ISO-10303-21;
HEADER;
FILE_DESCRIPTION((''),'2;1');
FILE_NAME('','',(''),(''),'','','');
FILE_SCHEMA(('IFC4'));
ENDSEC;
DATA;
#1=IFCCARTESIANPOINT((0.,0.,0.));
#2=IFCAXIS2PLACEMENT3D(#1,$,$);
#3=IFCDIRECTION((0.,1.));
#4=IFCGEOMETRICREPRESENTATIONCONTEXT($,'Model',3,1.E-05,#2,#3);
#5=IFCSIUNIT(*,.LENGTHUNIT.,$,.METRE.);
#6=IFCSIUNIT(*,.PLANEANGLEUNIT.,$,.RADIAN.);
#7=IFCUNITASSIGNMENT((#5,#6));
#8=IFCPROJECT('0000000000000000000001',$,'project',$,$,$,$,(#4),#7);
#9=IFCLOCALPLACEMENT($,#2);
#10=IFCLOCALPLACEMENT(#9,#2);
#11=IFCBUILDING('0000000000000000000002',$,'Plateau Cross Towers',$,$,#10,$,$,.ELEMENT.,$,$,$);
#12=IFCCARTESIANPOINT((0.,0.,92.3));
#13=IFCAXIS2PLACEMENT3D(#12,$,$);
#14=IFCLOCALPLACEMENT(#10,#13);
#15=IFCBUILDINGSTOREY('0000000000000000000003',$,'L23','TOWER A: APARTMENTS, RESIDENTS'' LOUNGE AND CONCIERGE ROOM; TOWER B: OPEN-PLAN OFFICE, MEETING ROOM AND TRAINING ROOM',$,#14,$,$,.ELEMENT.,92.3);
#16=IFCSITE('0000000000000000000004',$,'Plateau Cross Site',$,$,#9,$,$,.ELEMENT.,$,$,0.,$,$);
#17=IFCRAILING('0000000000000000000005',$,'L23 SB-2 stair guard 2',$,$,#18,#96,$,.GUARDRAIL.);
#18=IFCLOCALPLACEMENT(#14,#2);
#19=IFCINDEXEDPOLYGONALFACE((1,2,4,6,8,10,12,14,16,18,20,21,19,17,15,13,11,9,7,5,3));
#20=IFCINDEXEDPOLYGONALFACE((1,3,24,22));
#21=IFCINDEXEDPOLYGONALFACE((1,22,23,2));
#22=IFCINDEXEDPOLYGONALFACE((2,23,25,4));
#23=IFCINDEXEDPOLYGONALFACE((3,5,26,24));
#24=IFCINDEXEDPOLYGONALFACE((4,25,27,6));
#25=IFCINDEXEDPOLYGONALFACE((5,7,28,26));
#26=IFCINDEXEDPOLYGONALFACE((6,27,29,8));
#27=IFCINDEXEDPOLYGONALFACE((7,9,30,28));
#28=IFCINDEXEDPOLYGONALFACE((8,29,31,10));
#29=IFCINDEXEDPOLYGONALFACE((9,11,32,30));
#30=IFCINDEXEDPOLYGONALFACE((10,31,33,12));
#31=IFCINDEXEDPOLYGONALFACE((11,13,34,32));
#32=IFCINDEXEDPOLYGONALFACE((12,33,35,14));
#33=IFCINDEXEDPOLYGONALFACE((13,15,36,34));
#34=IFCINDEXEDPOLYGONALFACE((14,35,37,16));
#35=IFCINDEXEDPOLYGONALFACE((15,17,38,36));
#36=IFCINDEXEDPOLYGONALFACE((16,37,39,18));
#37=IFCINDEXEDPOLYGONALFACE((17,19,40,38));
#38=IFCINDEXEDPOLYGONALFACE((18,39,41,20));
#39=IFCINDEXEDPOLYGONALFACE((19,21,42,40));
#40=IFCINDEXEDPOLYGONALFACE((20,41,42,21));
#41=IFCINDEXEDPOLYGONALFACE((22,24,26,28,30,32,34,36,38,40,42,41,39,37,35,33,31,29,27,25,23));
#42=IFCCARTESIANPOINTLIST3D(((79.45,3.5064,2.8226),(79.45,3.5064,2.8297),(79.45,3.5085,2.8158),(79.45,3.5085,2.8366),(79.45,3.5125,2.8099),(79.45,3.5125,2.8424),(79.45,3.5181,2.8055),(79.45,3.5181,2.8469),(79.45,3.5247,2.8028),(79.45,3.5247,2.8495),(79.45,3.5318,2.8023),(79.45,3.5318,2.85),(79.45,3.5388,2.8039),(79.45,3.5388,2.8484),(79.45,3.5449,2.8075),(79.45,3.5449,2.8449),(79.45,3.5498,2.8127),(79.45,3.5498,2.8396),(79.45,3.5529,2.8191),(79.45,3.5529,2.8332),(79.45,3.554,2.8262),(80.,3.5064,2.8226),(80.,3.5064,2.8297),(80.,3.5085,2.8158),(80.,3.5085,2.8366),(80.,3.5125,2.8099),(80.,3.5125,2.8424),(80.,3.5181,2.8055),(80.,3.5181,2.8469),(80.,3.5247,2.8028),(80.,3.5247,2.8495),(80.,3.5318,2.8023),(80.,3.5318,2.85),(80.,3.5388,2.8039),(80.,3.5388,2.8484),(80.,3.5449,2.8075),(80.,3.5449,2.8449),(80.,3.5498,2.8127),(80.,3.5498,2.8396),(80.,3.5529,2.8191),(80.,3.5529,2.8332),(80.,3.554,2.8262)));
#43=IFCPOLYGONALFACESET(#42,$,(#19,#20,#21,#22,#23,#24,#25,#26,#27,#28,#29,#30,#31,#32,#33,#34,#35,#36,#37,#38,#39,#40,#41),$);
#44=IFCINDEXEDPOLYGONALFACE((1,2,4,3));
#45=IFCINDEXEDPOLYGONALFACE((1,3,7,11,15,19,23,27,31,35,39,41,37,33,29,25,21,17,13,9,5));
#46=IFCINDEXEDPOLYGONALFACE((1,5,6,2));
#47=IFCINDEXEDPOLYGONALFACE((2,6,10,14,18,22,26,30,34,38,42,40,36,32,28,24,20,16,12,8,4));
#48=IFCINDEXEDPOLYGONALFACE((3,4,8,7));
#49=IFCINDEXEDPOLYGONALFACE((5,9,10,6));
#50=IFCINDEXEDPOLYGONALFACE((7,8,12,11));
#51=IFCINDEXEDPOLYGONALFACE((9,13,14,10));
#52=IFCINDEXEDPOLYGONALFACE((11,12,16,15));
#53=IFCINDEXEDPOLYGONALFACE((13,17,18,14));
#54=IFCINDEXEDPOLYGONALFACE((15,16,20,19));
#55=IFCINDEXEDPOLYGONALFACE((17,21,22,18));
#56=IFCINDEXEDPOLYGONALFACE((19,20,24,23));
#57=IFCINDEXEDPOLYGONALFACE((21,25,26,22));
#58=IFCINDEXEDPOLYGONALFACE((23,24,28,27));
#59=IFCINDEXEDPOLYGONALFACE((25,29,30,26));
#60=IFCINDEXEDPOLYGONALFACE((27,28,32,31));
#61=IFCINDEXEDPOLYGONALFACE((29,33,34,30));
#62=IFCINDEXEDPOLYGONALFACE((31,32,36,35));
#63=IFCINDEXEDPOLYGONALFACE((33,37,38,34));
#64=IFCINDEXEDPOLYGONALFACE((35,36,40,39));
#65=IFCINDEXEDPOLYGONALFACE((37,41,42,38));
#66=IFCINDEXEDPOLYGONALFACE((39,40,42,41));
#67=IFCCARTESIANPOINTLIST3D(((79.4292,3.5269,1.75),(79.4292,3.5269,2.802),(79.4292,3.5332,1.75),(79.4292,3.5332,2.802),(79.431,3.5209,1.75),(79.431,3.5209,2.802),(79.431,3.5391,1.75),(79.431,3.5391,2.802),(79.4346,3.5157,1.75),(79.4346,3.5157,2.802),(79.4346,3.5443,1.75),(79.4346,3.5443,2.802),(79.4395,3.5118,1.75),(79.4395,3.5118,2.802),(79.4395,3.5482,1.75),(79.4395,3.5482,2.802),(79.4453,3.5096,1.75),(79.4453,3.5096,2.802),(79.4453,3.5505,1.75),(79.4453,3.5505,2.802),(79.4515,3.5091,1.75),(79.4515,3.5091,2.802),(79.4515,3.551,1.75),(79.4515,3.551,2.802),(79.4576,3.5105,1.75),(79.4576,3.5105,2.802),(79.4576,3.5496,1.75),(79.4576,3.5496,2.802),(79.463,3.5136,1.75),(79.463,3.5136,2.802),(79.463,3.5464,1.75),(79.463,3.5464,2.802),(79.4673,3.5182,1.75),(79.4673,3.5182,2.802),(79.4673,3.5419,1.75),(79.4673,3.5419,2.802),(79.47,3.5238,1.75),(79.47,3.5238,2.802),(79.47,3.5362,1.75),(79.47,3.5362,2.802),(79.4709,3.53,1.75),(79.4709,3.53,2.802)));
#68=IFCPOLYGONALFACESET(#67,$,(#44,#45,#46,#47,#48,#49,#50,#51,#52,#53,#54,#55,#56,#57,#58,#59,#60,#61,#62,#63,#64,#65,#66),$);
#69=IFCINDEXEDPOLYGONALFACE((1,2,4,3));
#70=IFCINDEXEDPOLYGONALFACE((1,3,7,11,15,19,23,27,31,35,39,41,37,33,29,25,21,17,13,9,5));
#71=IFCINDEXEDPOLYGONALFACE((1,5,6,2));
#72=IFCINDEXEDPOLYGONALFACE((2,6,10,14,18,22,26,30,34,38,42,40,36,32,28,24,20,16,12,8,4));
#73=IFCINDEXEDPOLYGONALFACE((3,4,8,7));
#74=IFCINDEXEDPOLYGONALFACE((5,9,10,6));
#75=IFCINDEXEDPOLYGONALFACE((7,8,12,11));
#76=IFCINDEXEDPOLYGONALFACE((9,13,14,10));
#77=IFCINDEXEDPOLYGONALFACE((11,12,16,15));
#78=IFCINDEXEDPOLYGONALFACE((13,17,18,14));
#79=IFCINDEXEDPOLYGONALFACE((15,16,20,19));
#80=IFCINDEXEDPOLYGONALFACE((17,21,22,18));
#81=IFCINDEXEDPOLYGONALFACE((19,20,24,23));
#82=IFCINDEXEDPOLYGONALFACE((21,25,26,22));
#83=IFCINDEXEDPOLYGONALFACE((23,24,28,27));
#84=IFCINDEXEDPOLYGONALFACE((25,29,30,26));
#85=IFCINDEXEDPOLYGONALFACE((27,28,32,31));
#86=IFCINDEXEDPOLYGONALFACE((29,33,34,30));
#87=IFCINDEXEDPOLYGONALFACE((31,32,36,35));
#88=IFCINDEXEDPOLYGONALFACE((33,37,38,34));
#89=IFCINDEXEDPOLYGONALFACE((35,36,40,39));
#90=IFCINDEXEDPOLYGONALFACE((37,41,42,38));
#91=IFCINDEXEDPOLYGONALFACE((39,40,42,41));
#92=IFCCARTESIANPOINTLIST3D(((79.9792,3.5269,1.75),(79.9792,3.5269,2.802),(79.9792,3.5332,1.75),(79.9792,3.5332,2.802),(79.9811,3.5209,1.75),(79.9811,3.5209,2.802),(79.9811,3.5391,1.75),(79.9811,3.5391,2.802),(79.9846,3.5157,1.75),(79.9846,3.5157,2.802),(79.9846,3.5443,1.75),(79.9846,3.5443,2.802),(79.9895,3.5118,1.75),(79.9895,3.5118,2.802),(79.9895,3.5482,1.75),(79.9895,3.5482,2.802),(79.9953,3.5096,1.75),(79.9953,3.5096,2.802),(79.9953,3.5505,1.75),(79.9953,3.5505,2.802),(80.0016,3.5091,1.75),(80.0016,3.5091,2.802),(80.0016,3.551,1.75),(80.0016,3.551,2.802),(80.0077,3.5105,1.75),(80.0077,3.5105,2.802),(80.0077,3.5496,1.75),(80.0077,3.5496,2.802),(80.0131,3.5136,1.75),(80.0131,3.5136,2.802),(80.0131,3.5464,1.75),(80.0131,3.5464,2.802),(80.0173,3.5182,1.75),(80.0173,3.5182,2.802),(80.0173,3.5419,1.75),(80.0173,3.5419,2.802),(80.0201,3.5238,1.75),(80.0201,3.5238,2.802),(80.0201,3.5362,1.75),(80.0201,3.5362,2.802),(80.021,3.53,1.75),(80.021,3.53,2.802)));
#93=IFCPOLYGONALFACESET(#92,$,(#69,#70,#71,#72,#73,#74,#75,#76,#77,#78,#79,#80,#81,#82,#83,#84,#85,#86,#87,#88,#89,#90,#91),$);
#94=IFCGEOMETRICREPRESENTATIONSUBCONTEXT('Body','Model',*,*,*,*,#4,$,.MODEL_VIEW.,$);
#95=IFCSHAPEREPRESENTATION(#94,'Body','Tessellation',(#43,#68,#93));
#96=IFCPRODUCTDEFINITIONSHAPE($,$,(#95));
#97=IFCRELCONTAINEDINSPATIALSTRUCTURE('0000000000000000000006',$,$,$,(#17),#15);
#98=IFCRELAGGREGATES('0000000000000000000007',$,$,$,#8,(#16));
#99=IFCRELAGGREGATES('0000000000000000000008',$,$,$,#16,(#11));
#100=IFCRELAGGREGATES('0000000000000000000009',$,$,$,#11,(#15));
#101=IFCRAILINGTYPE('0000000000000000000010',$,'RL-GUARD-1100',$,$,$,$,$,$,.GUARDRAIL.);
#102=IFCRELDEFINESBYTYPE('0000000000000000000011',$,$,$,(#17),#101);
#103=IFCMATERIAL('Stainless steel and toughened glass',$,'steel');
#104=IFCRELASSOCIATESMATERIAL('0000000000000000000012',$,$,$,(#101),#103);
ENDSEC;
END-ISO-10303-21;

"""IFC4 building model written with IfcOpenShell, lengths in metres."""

from ifc_helpers import new_model, si_unit, direction, frame, origin, origin_2d, place, context, subcontext, project, spatial, circle, extrude, material, type_object, element, save


model = new_model("IFC4")

# Units and contexts
model_context = context("Model", 3, precision=1e-05, world=origin(), true_north=direction((0.0, 1.0)))
body_context = subcontext(model_context, "Body", "Model", "MODEL_VIEW")
ifc_project = project(units=[si_unit("LENGTHUNIT", "METRE"), si_unit("PLANEANGLEUNIT", "RADIAN")], contexts=[model_context])

# Site, building, storey
site_placement = place(None, origin())
site = spatial("IfcSite", under=ifc_project, at=site_placement, Name="Plateau Cross Site", CompositionType="ELEMENT", RefElevation=0.0)
building_placement = place(site_placement, origin())
building = spatial("IfcBuilding", under=site, at=building_placement, Name="Plateau Cross Towers", CompositionType="ELEMENT")
storey_placement = place(building_placement, frame((0.0, 0.0, 92.3)))
storey = spatial("IfcBuildingStorey", under=building, at=storey_placement, Name="L23", Description="TOWER A: APARTMENTS, RESIDENTS' LOUNGE AND CONCIERGE ROOM; TOWER B: OPEN-PLAN OFFICE, MEETING ROOM AND TRAINING ROOM", CompositionType="ELEMENT", Elevation=92.3)

# Railing
ifc_material_1 = material(Name="Stainless steel and toughened glass", Category="steel")
railing_type_1 = type_object("IfcRailingType", Name="RL-GUARD-1100", PredefinedType="GUARDRAIL", material=ifc_material_1)
railing_1_placement = place(storey_placement, frame((79.45, 3.53, 1.75)))
element("IfcRailing", 1, at=railing_1_placement, inside=storey, type_object=railing_type_1, Name="L23 SB-2 stair guard 2", PredefinedType="GUARDRAIL", context=body_context, shape_type="SweptSolid", body=[
    extrude(circle(Radius=0.0239, at=origin_2d()), frame((0.0, 0.0, 1.0762), z_axis=(1.0, 0.0, 0.0), x_axis=(0.0, 1.0, 0.0)), (0.0, 0.0, 1.0), 0.55),
    extrude(circle(Radius=0.021, at=origin_2d()), origin(), (0.0, 0.0, 1.0), 1.052),
    extrude(circle(Radius=0.021, at=origin_2d()), frame((0.55, 0.0, 0.0)), (0.0, 0.0, 1.0), 1.052),
])

save(model, "model.ifc")
